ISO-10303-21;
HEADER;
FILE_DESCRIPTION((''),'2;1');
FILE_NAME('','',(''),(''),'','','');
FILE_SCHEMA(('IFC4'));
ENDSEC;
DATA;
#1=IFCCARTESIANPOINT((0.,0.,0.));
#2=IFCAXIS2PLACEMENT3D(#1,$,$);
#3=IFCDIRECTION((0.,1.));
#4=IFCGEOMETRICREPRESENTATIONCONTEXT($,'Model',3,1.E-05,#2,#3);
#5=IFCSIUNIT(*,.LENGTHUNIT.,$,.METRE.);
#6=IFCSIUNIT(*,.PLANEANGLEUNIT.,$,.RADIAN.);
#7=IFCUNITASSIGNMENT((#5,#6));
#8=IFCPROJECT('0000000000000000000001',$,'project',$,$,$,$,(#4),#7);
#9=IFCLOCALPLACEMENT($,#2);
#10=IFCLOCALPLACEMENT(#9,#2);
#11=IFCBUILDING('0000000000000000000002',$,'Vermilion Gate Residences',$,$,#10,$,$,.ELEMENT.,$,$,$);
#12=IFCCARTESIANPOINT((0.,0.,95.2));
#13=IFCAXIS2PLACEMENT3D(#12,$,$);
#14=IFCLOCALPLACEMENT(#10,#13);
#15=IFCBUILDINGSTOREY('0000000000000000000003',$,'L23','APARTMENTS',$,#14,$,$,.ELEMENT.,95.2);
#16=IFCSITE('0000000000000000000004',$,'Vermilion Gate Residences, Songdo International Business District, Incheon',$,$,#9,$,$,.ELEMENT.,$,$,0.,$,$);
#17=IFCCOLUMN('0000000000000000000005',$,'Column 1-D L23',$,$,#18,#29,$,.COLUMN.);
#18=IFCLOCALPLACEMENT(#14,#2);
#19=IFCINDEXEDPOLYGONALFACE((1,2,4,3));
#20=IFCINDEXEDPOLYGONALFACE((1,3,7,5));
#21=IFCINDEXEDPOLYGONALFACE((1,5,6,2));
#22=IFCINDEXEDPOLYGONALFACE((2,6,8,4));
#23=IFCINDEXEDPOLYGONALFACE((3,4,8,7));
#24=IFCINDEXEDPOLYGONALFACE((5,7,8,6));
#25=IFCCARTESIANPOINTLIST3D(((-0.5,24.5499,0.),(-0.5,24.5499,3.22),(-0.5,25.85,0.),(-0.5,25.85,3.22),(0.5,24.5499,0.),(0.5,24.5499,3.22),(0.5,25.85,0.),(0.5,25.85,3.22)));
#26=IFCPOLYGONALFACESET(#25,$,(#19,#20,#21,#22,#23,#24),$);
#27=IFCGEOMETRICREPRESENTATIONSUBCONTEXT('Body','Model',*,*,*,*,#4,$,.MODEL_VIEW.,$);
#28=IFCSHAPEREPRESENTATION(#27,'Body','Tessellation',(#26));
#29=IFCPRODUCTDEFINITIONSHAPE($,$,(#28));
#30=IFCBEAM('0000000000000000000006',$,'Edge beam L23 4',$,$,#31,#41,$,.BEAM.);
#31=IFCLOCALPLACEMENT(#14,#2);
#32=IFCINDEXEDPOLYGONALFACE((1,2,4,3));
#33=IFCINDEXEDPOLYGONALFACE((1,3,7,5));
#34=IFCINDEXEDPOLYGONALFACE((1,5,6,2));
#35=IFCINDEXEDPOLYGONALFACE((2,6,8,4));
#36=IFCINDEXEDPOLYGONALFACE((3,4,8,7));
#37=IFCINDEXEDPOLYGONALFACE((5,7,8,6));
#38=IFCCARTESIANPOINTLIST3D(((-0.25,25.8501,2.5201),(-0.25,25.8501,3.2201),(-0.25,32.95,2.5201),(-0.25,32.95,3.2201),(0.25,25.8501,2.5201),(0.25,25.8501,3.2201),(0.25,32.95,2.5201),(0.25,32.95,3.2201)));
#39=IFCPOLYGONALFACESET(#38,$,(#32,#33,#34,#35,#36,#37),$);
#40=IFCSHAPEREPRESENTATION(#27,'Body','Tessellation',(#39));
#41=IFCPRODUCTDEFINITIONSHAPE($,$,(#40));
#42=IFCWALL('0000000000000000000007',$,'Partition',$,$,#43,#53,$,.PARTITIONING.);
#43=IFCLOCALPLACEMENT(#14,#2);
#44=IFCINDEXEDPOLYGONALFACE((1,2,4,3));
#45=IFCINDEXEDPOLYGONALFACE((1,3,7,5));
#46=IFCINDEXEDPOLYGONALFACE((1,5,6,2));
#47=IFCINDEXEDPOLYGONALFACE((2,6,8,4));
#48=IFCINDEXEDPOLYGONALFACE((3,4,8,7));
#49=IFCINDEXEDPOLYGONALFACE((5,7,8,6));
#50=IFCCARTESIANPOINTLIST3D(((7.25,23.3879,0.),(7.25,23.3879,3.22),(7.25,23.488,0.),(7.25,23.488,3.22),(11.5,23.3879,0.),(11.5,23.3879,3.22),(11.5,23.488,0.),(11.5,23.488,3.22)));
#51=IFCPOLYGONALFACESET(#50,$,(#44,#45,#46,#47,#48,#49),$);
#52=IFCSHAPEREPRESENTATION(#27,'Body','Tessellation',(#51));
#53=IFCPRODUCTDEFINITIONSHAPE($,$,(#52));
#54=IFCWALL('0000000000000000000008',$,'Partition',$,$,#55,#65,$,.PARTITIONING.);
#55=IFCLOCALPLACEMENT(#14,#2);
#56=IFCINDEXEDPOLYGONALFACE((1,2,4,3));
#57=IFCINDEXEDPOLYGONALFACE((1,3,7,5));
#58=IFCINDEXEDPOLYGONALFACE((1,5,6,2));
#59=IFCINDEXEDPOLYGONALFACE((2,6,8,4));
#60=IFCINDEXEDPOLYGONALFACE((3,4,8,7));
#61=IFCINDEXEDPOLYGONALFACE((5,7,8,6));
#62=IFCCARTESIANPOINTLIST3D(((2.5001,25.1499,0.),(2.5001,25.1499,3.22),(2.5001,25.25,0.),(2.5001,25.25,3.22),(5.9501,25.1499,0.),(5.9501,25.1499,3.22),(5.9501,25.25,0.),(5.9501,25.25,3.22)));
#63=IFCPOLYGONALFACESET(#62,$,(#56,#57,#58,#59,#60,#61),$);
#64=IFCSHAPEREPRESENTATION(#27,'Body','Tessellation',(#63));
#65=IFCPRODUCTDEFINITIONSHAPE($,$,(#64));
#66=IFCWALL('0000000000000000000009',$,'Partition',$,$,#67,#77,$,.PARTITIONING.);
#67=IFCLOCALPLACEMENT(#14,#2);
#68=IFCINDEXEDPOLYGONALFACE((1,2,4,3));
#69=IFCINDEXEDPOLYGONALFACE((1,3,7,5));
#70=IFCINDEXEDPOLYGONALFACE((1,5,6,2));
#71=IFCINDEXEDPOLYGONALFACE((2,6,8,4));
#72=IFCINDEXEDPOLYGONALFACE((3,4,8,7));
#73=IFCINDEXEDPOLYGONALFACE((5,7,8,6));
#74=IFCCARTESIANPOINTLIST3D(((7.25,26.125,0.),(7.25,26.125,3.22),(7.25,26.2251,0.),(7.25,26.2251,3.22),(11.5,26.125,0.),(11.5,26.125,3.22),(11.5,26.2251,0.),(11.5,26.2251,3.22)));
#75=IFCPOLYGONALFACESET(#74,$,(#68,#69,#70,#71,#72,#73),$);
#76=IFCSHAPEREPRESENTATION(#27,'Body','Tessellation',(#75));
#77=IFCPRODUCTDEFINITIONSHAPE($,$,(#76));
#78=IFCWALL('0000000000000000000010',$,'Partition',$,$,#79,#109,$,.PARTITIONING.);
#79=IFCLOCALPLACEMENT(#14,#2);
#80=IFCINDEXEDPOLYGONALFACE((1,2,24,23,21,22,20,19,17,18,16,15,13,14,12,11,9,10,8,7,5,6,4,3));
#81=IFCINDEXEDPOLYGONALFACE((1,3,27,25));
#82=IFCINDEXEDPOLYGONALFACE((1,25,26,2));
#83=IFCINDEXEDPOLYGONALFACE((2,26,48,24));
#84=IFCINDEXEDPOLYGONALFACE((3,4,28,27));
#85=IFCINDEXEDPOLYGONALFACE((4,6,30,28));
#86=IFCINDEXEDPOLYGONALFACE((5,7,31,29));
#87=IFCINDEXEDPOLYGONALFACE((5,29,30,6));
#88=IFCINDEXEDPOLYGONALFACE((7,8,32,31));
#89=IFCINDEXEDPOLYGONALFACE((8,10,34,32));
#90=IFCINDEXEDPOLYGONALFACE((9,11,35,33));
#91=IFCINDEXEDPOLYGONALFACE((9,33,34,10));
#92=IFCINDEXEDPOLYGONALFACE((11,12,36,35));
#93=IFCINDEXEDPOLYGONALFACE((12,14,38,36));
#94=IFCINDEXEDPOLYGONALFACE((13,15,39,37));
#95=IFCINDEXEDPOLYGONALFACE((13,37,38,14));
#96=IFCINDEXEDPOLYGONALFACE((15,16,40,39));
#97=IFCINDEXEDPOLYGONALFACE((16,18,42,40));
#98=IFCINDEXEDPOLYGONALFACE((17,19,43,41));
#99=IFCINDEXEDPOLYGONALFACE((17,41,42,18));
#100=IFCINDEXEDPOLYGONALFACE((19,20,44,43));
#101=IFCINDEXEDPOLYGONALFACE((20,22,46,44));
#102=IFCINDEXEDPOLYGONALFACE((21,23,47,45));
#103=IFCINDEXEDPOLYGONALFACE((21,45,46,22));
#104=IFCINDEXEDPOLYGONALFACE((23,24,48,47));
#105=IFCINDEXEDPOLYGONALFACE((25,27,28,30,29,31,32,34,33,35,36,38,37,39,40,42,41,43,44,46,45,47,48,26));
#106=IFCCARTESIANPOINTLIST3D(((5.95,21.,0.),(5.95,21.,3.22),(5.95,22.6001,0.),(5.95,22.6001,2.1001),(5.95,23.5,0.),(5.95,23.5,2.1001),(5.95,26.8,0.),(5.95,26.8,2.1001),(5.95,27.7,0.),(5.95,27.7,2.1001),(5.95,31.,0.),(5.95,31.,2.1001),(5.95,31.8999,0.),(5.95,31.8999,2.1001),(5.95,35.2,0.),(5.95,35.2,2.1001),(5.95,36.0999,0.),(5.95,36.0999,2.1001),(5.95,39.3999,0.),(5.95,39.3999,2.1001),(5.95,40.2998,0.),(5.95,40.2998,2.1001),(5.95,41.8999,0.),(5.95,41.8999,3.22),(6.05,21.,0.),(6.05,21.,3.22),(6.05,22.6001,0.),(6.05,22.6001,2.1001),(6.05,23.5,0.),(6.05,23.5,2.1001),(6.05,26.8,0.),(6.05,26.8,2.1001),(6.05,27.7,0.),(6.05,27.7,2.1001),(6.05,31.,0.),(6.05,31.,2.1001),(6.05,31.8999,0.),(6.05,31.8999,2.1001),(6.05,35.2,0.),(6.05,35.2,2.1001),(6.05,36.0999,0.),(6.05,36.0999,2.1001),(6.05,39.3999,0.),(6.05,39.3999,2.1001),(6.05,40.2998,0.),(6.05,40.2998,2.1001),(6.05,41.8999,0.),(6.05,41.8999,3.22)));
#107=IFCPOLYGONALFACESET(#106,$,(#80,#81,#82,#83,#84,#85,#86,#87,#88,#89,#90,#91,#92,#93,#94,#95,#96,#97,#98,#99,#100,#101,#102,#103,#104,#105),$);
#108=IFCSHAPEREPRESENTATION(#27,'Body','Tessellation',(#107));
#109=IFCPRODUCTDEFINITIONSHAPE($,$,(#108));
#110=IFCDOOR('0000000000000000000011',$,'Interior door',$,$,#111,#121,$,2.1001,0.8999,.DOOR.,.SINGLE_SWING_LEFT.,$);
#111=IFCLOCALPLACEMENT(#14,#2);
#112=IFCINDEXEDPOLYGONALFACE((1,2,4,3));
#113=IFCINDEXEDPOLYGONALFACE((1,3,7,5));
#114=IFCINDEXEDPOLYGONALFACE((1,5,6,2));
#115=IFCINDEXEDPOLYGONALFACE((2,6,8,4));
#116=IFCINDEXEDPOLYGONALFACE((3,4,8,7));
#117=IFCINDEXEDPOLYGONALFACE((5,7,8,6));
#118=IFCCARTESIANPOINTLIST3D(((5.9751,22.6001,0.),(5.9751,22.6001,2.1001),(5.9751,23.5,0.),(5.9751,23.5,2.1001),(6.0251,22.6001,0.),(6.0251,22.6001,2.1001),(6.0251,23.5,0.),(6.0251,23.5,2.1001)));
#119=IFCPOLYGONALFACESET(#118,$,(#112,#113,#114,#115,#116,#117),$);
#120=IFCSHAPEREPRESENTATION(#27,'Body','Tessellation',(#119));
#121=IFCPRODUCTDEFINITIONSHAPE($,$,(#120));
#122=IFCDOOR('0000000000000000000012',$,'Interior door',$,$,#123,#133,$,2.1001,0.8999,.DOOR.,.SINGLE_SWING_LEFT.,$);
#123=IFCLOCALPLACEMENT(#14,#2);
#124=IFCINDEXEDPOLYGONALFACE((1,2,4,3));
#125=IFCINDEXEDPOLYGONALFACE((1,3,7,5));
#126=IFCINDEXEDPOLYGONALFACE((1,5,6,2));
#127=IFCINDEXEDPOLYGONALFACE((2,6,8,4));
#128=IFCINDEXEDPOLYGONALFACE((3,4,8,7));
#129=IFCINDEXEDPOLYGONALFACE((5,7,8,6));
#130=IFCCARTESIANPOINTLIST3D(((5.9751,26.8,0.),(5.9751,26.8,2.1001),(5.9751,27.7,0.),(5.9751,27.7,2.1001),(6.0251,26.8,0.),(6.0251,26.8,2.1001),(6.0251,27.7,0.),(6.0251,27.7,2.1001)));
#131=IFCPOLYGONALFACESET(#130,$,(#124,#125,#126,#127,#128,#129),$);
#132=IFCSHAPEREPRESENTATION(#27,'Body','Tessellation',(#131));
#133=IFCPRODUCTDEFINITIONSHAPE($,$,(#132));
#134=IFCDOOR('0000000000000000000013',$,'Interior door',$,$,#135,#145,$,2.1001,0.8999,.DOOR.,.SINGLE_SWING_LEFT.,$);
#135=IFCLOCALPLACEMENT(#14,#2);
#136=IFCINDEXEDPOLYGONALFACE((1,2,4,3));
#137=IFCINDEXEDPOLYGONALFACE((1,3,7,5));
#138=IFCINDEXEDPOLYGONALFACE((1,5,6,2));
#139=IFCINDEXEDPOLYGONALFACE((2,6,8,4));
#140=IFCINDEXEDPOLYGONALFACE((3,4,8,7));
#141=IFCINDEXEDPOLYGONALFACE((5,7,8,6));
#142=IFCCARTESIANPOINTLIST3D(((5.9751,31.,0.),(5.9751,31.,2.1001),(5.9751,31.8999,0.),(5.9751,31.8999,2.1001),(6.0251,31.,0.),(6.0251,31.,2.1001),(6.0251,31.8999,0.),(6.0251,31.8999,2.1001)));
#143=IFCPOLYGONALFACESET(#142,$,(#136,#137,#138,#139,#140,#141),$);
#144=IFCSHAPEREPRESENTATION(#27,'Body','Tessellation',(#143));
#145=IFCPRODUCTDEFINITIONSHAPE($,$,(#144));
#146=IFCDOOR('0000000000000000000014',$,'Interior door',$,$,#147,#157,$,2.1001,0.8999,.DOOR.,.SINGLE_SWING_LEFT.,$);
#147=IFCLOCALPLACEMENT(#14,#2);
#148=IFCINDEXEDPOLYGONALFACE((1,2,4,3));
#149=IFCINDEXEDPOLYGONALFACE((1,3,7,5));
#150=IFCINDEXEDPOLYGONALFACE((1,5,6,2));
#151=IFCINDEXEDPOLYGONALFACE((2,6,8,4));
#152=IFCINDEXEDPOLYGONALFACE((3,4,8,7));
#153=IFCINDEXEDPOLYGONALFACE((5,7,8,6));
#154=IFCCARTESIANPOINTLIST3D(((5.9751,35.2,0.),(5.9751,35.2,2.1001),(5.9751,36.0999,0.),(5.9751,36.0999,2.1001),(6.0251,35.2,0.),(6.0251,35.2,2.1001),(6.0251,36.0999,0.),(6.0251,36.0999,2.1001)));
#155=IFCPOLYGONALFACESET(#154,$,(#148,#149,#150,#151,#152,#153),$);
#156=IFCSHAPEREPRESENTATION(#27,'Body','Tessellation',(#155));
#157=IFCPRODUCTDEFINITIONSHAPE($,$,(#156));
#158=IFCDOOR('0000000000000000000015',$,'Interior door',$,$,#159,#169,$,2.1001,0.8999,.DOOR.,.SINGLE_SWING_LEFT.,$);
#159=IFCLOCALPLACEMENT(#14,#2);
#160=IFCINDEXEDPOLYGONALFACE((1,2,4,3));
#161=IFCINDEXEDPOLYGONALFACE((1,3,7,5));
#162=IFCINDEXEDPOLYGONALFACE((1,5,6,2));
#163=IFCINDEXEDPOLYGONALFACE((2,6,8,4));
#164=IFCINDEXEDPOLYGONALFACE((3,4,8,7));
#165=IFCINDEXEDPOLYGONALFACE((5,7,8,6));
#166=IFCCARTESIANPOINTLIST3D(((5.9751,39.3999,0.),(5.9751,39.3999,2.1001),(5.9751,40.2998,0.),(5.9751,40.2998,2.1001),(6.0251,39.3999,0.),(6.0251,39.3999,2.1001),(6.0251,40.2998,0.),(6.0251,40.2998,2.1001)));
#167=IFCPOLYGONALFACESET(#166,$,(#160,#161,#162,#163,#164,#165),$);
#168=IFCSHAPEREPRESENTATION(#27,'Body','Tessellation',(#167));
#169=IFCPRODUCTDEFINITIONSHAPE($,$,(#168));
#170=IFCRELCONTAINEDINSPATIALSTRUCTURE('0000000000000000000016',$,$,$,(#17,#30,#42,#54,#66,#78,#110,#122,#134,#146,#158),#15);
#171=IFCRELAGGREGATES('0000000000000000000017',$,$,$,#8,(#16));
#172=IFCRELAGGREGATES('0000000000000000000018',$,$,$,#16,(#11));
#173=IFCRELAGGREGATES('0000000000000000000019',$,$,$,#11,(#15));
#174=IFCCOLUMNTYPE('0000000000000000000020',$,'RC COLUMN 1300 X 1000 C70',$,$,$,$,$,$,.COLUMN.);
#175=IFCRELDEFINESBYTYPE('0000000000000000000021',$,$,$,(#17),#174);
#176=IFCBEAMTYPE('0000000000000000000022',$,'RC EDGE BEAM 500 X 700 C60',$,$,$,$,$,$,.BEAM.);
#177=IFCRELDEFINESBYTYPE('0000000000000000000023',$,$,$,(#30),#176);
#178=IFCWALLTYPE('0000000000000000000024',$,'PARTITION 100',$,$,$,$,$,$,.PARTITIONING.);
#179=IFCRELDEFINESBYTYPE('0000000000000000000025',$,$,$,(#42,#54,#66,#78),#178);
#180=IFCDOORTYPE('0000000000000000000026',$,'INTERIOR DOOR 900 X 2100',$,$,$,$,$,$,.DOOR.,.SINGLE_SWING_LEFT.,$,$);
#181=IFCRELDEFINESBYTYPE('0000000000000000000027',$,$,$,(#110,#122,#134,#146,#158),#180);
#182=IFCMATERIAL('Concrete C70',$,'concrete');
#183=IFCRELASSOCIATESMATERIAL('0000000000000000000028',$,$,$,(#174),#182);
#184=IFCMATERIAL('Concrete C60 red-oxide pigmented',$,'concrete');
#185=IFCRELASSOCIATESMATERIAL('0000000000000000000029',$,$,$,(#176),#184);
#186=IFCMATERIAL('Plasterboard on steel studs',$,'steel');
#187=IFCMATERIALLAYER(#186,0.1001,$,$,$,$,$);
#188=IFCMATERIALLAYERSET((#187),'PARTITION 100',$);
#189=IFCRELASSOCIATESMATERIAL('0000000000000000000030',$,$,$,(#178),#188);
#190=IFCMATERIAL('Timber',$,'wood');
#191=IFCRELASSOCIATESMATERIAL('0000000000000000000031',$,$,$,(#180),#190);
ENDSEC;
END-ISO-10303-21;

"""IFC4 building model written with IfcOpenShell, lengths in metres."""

from ifc_helpers import new_model, si_unit, direction, frame, frame_2d, origin, origin_2d, place, context, subcontext, project, spatial, rectangle, extrude, material, layer, layer_set, material_profile, profile_set, type_object, element, fill, save


model = new_model("IFC4")

# Units and contexts
model_context = context("Model", 3, precision=1e-05, world=origin(), true_north=direction((0.0, 1.0)))
body_context = subcontext(model_context, "Body", "Model", "MODEL_VIEW")
ifc_project = project(units=[si_unit("LENGTHUNIT", "METRE"), si_unit("PLANEANGLEUNIT", "RADIAN")], contexts=[model_context])

# Site, building, storey
site_placement = place(None, origin())
site = spatial("IfcSite", under=ifc_project, at=site_placement, Name="Vermilion Gate Residences, Songdo International Business District, Incheon", CompositionType="ELEMENT", RefElevation=0.0)
building_placement = place(site_placement, origin())
building = spatial("IfcBuilding", under=site, at=building_placement, Name="Vermilion Gate Residences", CompositionType="ELEMENT")
storey_placement = place(building_placement, frame((0.0, 0.0, 95.2)))
storey = spatial("IfcBuildingStorey", under=building, at=storey_placement, Name="L23", Description="APARTMENTS", CompositionType="ELEMENT", Elevation=95.2)

# Column
ifc_material_1 = material(Name="Concrete C70", Category="concrete")
ifc_material_profile_1 = material_profile(ifc_material_1, rectangle(XDim=1.3, YDim=1.0, at=origin_2d()), Name="RC-1300x1000")
ifc_profile_set_1 = profile_set([ifc_material_profile_1], Name="Concrete C70")
column_type = type_object("IfcColumnType", Name="RC COLUMN 1300 X 1000 C70", PredefinedType="COLUMN", material=ifc_profile_set_1)
column_placement = place(storey_placement, frame((0.0, 25.2, 0.0), z_axis=(0.0, 0.0, 1.0), x_axis=(0.0, 1.0, 0.0)))
element("IfcColumn", 1, at=column_placement, inside=storey, type_object=column_type, Name="Column 1-D L23", PredefinedType="COLUMN", context=body_context, shape_type="SweptSolid", body=[
    extrude(rectangle(XDim=1.3, YDim=1.0, at=origin_2d()), origin(), (0.0, 0.0, 1.0), 3.22),
])

# Beam
ifc_material_2 = material(Name="Concrete C60 red-oxide pigmented", Category="concrete")
ifc_material_profile_2 = material_profile(ifc_material_2, rectangle(XDim=0.5, YDim=0.7, at=origin_2d()), Name="RC-500x700")
ifc_profile_set_2 = profile_set([ifc_material_profile_2], Name="Concrete C60 red-oxide pigmented")
beam_type = type_object("IfcBeamType", Name="RC EDGE BEAM 500 X 700 C60", PredefinedType="BEAM", material=ifc_profile_set_2)
beam_placement = place(storey_placement, frame((0.0, 25.8501, 2.8701), z_axis=(0.0, 1.0, 0.0), x_axis=(-1.0, 0.0, 0.0)))
element("IfcBeam", 2, at=beam_placement, inside=storey, type_object=beam_type, Name="Edge beam L23 4", PredefinedType="BEAM", context=body_context, shape_type="SweptSolid", body=[
    extrude(rectangle(XDim=0.5, YDim=0.7, at=origin_2d()), origin(), (0.0, 0.0, 1.0), 7.0999),
])

# Walls
ifc_material_3 = material(Name="Plasterboard on steel studs", Category="steel")
ifc_layer = layer(ifc_material_3, 0.1001)
ifc_layer_set = layer_set([ifc_layer], Name="PARTITION 100")
wall_type = type_object("IfcWallType", Name="PARTITION 100", PredefinedType="PARTITIONING", material=ifc_layer_set)
wall_1_placement = place(storey_placement, frame((7.25, 23.438, 0.0), z_axis=(0.0, 0.0, 1.0), x_axis=(1.0, 0.0, 0.0)))
element("IfcWall", 3, at=wall_1_placement, inside=storey, type_object=wall_type, Name="Partition", PredefinedType="PARTITIONING", context=body_context, shape_type="SweptSolid", body=[
    extrude(rectangle(XDim=4.25, YDim=0.1001, at=frame_2d((2.125, 0.0))), origin(), (0.0, 0.0, 1.0), 3.22),
])
wall_2_placement = place(storey_placement, frame((2.5, 25.2, 0.0), z_axis=(0.0, 0.0, 1.0), x_axis=(1.0, 0.0, 0.0)))
element("IfcWall", 4, at=wall_2_placement, inside=storey, type_object=wall_type, Name="Partition", PredefinedType="PARTITIONING", context=body_context, shape_type="SweptSolid", body=[
    extrude(rectangle(XDim=3.45, YDim=0.1001, at=frame_2d((1.7251, 0.0))), origin(), (0.0, 0.0, 1.0), 3.22),
])
wall_3_placement = place(storey_placement, frame((7.25, 26.175, 0.0), z_axis=(0.0, 0.0, 1.0), x_axis=(1.0, 0.0, 0.0)))
element("IfcWall", 5, at=wall_3_placement, inside=storey, type_object=wall_type, Name="Partition", PredefinedType="PARTITIONING", context=body_context, shape_type="SweptSolid", body=[
    extrude(rectangle(XDim=4.25, YDim=0.1001, at=frame_2d((2.125, 0.0))), origin(), (0.0, 0.0, 1.0), 3.22),
])

# Wall, openings, doors
wall_4_placement = place(storey_placement, frame((6.0, 21.0, 0.0), z_axis=(0.0, 0.0, 1.0), x_axis=(0.0, 1.0, 0.0)))
wall_4 = element("IfcWall", 6, at=wall_4_placement, inside=storey, type_object=wall_type, Name="Partition", PredefinedType="PARTITIONING", context=body_context, shape_type="SweptSolid", body=[
    extrude(rectangle(XDim=20.8999, YDim=0.1001, at=frame_2d((10.45, 0.0))), origin(), (0.0, 0.0, 1.0), 3.22),
])
opening_1_placement = place(wall_4_placement, frame((1.6001, 0.0, 0.0)))
opening_1 = element("IfcOpeningElement", 7, at=opening_1_placement, cuts=wall_4, PredefinedType="OPENING", context=body_context, shape_type="SweptSolid", body=[
    extrude(rectangle(XDim=0.8999, YDim=2.1001, at=frame_2d((0.45, 1.05))), frame((0.0, 0.0601, 0.0), z_axis=(0.0, -1.0, 0.0), x_axis=(1.0, 0.0, 0.0)), (0.0, 0.0, 1.0), 0.1201),
])
opening_2_placement = place(wall_4_placement, frame((5.8, 0.0, 0.0)))
opening_2 = element("IfcOpeningElement", 8, at=opening_2_placement, cuts=wall_4, PredefinedType="OPENING", context=body_context, shape_type="SweptSolid", body=[
    extrude(rectangle(XDim=0.8999, YDim=2.1001, at=frame_2d((0.45, 1.05))), frame((0.0, 0.0601, 0.0), z_axis=(0.0, -1.0, 0.0), x_axis=(1.0, 0.0, 0.0)), (0.0, 0.0, 1.0), 0.1201),
])
opening_3_placement = place(wall_4_placement, frame((10.0, 0.0, 0.0)))
opening_3 = element("IfcOpeningElement", 9, at=opening_3_placement, cuts=wall_4, PredefinedType="OPENING", context=body_context, shape_type="SweptSolid", body=[
    extrude(rectangle(XDim=0.8999, YDim=2.1001, at=frame_2d((0.45, 1.05))), frame((0.0, 0.0601, 0.0), z_axis=(0.0, -1.0, 0.0), x_axis=(1.0, 0.0, 0.0)), (0.0, 0.0, 1.0), 0.1201),
])
opening_4_placement = place(wall_4_placement, frame((14.2, 0.0, 0.0)))
opening_4 = element("IfcOpeningElement", 10, at=opening_4_placement, cuts=wall_4, PredefinedType="OPENING", context=body_context, shape_type="SweptSolid", body=[
    extrude(rectangle(XDim=0.8999, YDim=2.1001, at=frame_2d((0.45, 1.05))), frame((0.0, 0.0601, 0.0), z_axis=(0.0, -1.0, 0.0), x_axis=(1.0, 0.0, 0.0)), (0.0, 0.0, 1.0), 0.1201),
])
opening_5_placement = place(wall_4_placement, frame((18.3999, 0.0, 0.0)))
opening_5 = element("IfcOpeningElement", 11, at=opening_5_placement, cuts=wall_4, PredefinedType="OPENING", context=body_context, shape_type="SweptSolid", body=[
    extrude(rectangle(XDim=0.8999, YDim=2.1001, at=frame_2d((0.45, 1.05))), frame((0.0, 0.0601, 0.0), z_axis=(0.0, -1.0, 0.0), x_axis=(1.0, 0.0, 0.0)), (0.0, 0.0, 1.0), 0.1201),
])
ifc_material_4 = material(Name="Timber", Category="wood")
door_type = type_object("IfcDoorType", Name="INTERIOR DOOR 900 X 2100", OperationType="SINGLE_SWING_LEFT", PredefinedType="DOOR", material=ifc_material_4)
door_1_placement = place(opening_1_placement, origin())
door_1 = element("IfcDoor", 12, at=door_1_placement, inside=storey, type_object=door_type, Name="Interior door", OperationType="SINGLE_SWING_LEFT", OverallHeight=2.1001, OverallWidth=0.8999, PredefinedType="DOOR", context=body_context, shape_type="SweptSolid", body=[
    extrude(rectangle(XDim=0.8999, YDim=2.1001, at=frame_2d((0.45, 1.05))), frame((0.0, 0.0249, 0.0), z_axis=(0.0, -1.0, 0.0), x_axis=(1.0, 0.0, 0.0)), (0.0, 0.0, 1.0), 0.05),
])
fill(opening_1, door_1)
door_2_placement = place(opening_2_placement, origin())
door_2 = element("IfcDoor", 13, at=door_2_placement, inside=storey, type_object=door_type, Name="Interior door", OperationType="SINGLE_SWING_LEFT", OverallHeight=2.1001, OverallWidth=0.8999, PredefinedType="DOOR", context=body_context, shape_type="SweptSolid", body=[
    extrude(rectangle(XDim=0.8999, YDim=2.1001, at=frame_2d((0.45, 1.05))), frame((0.0, 0.0249, 0.0), z_axis=(0.0, -1.0, 0.0), x_axis=(1.0, 0.0, 0.0)), (0.0, 0.0, 1.0), 0.05),
])
fill(opening_2, door_2)
door_3_placement = place(opening_3_placement, origin())
door_3 = element("IfcDoor", 14, at=door_3_placement, inside=storey, type_object=door_type, Name="Interior door", OperationType="SINGLE_SWING_LEFT", OverallHeight=2.1001, OverallWidth=0.8999, PredefinedType="DOOR", context=body_context, shape_type="SweptSolid", body=[
    extrude(rectangle(XDim=0.8999, YDim=2.1001, at=frame_2d((0.45, 1.05))), frame((0.0, 0.0249, 0.0), z_axis=(0.0, -1.0, 0.0), x_axis=(1.0, 0.0, 0.0)), (0.0, 0.0, 1.0), 0.05),
])
fill(opening_3, door_3)
door_4_placement = place(opening_4_placement, origin())
door_4 = element("IfcDoor", 15, at=door_4_placement, inside=storey, type_object=door_type, Name="Interior door", OperationType="SINGLE_SWING_LEFT", OverallHeight=2.1001, OverallWidth=0.8999, PredefinedType="DOOR", context=body_context, shape_type="SweptSolid", body=[
    extrude(rectangle(XDim=0.8999, YDim=2.1001, at=frame_2d((0.45, 1.05))), frame((0.0, 0.0249, 0.0), z_axis=(0.0, -1.0, 0.0), x_axis=(1.0, 0.0, 0.0)), (0.0, 0.0, 1.0), 0.05),
])
fill(opening_4, door_4)
door_5_placement = place(opening_5_placement, origin())
door_5 = element("IfcDoor", 16, at=door_5_placement, inside=storey, type_object=door_type, Name="Interior door", OperationType="SINGLE_SWING_LEFT", OverallHeight=2.1001, OverallWidth=0.8999, PredefinedType="DOOR", context=body_context, shape_type="SweptSolid", body=[
    extrude(rectangle(XDim=0.8999, YDim=2.1001, at=frame_2d((0.45, 1.05))), frame((0.0, 0.0249, 0.0), z_axis=(0.0, -1.0, 0.0), x_axis=(1.0, 0.0, 0.0)), (0.0, 0.0, 1.0), 0.05),
])
fill(opening_5, door_5)

save(model, "model.ifc")
